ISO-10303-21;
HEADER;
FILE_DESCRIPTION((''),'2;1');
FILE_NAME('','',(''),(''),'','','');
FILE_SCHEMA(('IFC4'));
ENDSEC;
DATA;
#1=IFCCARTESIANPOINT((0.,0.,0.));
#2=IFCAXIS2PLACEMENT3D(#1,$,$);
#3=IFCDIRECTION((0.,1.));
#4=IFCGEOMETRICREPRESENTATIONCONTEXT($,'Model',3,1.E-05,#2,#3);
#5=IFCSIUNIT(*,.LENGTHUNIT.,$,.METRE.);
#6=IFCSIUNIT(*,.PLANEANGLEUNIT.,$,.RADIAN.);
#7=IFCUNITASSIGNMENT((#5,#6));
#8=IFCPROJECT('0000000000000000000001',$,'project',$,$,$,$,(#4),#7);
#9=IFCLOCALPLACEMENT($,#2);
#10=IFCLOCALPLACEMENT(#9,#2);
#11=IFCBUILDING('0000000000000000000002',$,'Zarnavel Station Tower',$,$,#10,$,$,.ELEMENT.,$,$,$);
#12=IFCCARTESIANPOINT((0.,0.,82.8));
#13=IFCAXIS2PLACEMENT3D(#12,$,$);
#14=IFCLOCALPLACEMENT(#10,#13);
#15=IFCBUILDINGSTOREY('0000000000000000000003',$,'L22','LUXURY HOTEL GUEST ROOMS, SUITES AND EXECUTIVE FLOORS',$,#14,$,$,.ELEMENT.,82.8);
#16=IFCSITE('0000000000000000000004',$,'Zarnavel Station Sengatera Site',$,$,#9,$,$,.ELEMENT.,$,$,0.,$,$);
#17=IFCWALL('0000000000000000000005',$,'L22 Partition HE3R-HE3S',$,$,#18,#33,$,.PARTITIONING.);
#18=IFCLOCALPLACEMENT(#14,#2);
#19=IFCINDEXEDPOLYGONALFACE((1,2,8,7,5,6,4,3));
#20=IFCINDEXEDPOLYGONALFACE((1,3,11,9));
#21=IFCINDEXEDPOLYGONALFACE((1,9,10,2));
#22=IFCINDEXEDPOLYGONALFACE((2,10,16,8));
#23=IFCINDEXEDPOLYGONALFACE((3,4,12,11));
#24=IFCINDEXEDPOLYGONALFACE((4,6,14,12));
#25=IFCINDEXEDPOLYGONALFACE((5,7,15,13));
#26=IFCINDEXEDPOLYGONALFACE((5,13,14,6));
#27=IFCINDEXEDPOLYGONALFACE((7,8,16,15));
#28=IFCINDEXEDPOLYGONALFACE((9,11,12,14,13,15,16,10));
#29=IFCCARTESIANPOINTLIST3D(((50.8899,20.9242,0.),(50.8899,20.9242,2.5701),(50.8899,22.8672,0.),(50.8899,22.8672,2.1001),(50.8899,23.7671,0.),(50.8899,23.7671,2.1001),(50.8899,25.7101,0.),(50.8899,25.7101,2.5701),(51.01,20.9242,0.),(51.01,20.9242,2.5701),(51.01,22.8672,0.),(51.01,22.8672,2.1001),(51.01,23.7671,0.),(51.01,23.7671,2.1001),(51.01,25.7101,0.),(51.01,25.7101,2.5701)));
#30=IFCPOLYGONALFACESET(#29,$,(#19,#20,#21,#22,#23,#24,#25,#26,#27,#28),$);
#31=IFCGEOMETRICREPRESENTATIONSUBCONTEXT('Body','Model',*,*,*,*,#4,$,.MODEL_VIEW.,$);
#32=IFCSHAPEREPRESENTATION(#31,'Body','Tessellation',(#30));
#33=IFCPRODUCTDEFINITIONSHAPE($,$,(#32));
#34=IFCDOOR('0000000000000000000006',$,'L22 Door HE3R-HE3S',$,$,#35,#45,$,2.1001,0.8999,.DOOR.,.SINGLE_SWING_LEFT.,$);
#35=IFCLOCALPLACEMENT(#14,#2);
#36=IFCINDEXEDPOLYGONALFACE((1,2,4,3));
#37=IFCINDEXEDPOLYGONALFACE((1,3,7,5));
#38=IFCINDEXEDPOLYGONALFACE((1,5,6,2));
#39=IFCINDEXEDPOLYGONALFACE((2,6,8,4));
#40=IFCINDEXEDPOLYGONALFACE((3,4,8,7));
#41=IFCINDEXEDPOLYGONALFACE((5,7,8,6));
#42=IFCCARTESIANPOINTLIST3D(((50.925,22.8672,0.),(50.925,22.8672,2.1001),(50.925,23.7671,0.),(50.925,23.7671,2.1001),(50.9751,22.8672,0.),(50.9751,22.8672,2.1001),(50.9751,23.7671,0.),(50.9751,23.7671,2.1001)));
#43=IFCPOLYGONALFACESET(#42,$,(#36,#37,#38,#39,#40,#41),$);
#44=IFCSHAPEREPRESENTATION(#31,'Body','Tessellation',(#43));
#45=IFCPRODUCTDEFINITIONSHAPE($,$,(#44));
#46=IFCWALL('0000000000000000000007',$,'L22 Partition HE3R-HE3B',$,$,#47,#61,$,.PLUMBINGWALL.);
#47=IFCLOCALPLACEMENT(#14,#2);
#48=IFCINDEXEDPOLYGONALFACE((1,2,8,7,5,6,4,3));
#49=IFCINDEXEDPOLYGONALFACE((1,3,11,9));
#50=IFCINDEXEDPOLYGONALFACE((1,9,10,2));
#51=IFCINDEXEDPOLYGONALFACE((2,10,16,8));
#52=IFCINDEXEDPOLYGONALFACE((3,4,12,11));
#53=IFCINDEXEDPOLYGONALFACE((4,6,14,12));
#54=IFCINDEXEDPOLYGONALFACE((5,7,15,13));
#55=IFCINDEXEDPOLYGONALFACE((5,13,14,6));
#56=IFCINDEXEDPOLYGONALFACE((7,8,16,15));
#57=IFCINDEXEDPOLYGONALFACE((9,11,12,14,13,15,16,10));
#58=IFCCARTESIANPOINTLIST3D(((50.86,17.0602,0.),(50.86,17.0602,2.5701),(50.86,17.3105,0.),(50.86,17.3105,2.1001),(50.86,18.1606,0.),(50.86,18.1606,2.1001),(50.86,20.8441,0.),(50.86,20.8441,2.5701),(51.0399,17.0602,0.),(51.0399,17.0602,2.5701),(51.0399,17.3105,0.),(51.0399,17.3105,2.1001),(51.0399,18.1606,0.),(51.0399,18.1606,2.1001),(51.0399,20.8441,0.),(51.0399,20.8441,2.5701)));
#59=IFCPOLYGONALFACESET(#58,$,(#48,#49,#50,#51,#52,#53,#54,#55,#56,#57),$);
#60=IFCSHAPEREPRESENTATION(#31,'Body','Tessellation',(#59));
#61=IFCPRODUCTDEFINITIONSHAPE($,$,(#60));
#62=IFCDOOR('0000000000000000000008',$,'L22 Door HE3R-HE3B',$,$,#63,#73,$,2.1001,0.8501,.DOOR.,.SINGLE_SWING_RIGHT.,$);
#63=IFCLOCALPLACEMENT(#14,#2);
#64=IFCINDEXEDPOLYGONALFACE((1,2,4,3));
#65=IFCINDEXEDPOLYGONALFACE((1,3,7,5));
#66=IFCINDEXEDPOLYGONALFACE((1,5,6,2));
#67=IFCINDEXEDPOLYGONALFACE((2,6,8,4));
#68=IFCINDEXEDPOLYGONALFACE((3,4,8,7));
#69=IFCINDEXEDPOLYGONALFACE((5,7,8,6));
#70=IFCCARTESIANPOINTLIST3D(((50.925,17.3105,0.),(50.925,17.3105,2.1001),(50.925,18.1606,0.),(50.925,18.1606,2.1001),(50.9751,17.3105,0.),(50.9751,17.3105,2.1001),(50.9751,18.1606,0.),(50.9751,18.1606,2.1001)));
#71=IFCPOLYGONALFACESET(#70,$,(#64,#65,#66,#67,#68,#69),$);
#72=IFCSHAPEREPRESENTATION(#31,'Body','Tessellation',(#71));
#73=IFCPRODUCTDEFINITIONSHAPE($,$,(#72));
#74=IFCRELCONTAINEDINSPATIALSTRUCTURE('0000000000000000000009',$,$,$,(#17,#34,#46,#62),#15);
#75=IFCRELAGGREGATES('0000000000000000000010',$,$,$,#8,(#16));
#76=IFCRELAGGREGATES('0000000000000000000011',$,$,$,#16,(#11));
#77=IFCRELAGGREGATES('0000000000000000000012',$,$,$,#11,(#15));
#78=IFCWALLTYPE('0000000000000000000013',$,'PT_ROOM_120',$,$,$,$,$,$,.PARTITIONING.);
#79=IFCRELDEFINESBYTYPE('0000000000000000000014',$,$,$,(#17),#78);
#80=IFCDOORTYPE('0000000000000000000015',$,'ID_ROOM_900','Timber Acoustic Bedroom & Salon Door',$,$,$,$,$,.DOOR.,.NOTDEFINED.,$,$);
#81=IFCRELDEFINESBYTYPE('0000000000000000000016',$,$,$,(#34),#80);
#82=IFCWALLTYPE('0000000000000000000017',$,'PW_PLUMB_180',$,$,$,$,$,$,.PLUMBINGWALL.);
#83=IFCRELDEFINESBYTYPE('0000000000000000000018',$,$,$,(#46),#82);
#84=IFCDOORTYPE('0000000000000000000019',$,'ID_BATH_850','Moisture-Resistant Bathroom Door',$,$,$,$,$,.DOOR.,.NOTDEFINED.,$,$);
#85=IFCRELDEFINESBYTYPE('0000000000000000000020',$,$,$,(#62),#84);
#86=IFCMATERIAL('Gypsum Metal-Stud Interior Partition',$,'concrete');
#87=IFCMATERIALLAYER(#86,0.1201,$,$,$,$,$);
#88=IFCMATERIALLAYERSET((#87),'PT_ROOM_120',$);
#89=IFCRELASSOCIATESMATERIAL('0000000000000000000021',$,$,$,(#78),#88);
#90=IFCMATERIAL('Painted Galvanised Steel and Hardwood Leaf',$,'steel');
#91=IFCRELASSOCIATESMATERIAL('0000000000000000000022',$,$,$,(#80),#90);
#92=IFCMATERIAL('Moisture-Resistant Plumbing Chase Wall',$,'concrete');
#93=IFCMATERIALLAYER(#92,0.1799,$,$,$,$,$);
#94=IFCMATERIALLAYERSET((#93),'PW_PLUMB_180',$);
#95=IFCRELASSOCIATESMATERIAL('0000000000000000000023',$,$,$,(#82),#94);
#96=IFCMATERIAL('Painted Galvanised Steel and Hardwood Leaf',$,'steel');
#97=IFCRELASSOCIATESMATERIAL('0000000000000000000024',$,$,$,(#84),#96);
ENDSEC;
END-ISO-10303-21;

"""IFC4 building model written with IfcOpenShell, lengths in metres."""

from ifc_helpers import new_model, si_unit, direction, frame, frame_2d, origin, place, context, subcontext, project, spatial, rectangle, extrude, material, layer, layer_set, type_object, element, fill, save


model = new_model("IFC4")

# Units and contexts
model_context = context("Model", 3, precision=1e-05, world=origin(), true_north=direction((0.0, 1.0)))
body_context = subcontext(model_context, "Body", "Model", "MODEL_VIEW")
ifc_project = project(units=[si_unit("LENGTHUNIT", "METRE"), si_unit("PLANEANGLEUNIT", "RADIAN")], contexts=[model_context])

# Site, building, storey
site_placement = place(None, origin())
site = spatial("IfcSite", under=ifc_project, at=site_placement, Name="Zarnavel Station Sengatera Site", CompositionType="ELEMENT", RefElevation=0.0)
building_placement = place(site_placement, origin())
building = spatial("IfcBuilding", under=site, at=building_placement, Name="Zarnavel Station Tower", CompositionType="ELEMENT")
storey_placement = place(building_placement, frame((0.0, 0.0, 82.8)))
storey = spatial("IfcBuildingStorey", under=building, at=storey_placement, Name="L22", Description="LUXURY HOTEL GUEST ROOMS, SUITES AND EXECUTIVE FLOORS", CompositionType="ELEMENT", Elevation=82.8)

# Walls, openings, doors
ifc_material_1 = material(Name="Gypsum Metal-Stud Interior Partition", Category="concrete")
ifc_layer_1 = layer(ifc_material_1, 0.1201)
ifc_layer_set_1 = layer_set([ifc_layer_1], Name="PT_ROOM_120")
wall_type_1 = type_object("IfcWallType", Name="PT_ROOM_120", PredefinedType="PARTITIONING", material=ifc_layer_set_1)
wall_1_placement = place(storey_placement, frame((50.95, 20.9241, 0.0), z_axis=(0.0, 0.0, 1.0), x_axis=(0.0, 1.0, 0.0)))
wall_1 = element("IfcWall", 1, at=wall_1_placement, inside=storey, type_object=wall_type_1, Name="L22 Partition HE3R-HE3S", PredefinedType="PARTITIONING", context=body_context, shape_type="SweptSolid", body=[
    extrude(rectangle(XDim=4.7859, YDim=0.1201, at=frame_2d((2.3931, 0.0))), origin(), (0.0, 0.0, 1.0), 2.5701),
])
opening_1_placement = place(wall_1_placement, frame((1.9431, 0.0, 0.0)))
opening_1 = element("IfcOpeningElement", 2, at=opening_1_placement, cuts=wall_1, PredefinedType="OPENING", context=body_context, shape_type="SweptSolid", body=[
    extrude(rectangle(XDim=0.8999, YDim=2.1001, at=frame_2d((0.45, 1.05))), frame((0.0, 0.0701, 0.0), z_axis=(0.0, -1.0, 0.0), x_axis=(1.0, 0.0, 0.0)), (0.0, 0.0, 1.0), 0.1401),
])
ifc_material_2 = material(Name="Painted Galvanised Steel and Hardwood Leaf", Category="steel")
door_type_1 = type_object("IfcDoorType", Name="ID_ROOM_900", Description="Timber Acoustic Bedroom & Salon Door", OperationType="NOTDEFINED", PredefinedType="DOOR", material=ifc_material_2)
door_1_placement = place(opening_1_placement, origin())
door_1 = element("IfcDoor", 3, at=door_1_placement, inside=storey, type_object=door_type_1, Name="L22 Door HE3R-HE3S", OperationType="SINGLE_SWING_LEFT", OverallHeight=2.1001, OverallWidth=0.8999, PredefinedType="DOOR", context=body_context, shape_type="SweptSolid", body=[
    extrude(rectangle(XDim=0.8999, YDim=2.1001, at=frame_2d((0.45, 1.05))), frame((0.0, 0.0249, 0.0), z_axis=(0.0, -1.0, 0.0), x_axis=(1.0, 0.0, 0.0)), (0.0, 0.0, 1.0), 0.05),
])
fill(opening_1, door_1)
ifc_material_3 = material(Name="Moisture-Resistant Plumbing Chase Wall", Category="concrete")
ifc_layer_2 = layer(ifc_material_3, 0.1799)
ifc_layer_set_2 = layer_set([ifc_layer_2], Name="PW_PLUMB_180")
wall_type_2 = type_object("IfcWallType", Name="PW_PLUMB_180", PredefinedType="PLUMBINGWALL", material=ifc_layer_set_2)
wall_2_placement = place(storey_placement, frame((50.95, 17.0601, 0.0), z_axis=(0.0, 0.0, 1.0), x_axis=(0.0, 1.0, 0.0)))
wall_2 = element("IfcWall", 4, at=wall_2_placement, inside=storey, type_object=wall_type_2, Name="L22 Partition HE3R-HE3B", PredefinedType="PLUMBINGWALL", context=body_context, shape_type="SweptSolid", body=[
    extrude(rectangle(XDim=3.7839, YDim=0.1799, at=frame_2d((1.8921, 0.0))), origin(), (0.0, 0.0, 1.0), 2.5701),
])
opening_2_placement = place(wall_2_placement, frame((0.2505, 0.0, 0.0)))
opening_2 = element("IfcOpeningElement", 5, at=opening_2_placement, cuts=wall_2, PredefinedType="OPENING", context=body_context, shape_type="SweptSolid", body=[
    extrude(rectangle(XDim=0.8501, YDim=2.1001, at=frame_2d((0.425, 1.05))), frame((0.0, 0.0999, 0.0), z_axis=(0.0, -1.0, 0.0), x_axis=(1.0, 0.0, 0.0)), (0.0, 0.0, 1.0), 0.2),
])
ifc_material_4 = material(Name="Painted Galvanised Steel and Hardwood Leaf", Category="steel")
door_type_2 = type_object("IfcDoorType", Name="ID_BATH_850", Description="Moisture-Resistant Bathroom Door", OperationType="NOTDEFINED", PredefinedType="DOOR", material=ifc_material_4)
door_2_placement = place(opening_2_placement, origin())
door_2 = element("IfcDoor", 6, at=door_2_placement, inside=storey, type_object=door_type_2, Name="L22 Door HE3R-HE3B", OperationType="SINGLE_SWING_RIGHT", OverallHeight=2.1001, OverallWidth=0.8501, PredefinedType="DOOR", context=body_context, shape_type="SweptSolid", body=[
    extrude(rectangle(XDim=0.8501, YDim=2.1001, at=frame_2d((0.425, 1.05))), frame((0.0, 0.0249, 0.0), z_axis=(0.0, -1.0, 0.0), x_axis=(1.0, 0.0, 0.0)), (0.0, 0.0, 1.0), 0.05),
])
fill(opening_2, door_2)

save(model, "model.ifc")
